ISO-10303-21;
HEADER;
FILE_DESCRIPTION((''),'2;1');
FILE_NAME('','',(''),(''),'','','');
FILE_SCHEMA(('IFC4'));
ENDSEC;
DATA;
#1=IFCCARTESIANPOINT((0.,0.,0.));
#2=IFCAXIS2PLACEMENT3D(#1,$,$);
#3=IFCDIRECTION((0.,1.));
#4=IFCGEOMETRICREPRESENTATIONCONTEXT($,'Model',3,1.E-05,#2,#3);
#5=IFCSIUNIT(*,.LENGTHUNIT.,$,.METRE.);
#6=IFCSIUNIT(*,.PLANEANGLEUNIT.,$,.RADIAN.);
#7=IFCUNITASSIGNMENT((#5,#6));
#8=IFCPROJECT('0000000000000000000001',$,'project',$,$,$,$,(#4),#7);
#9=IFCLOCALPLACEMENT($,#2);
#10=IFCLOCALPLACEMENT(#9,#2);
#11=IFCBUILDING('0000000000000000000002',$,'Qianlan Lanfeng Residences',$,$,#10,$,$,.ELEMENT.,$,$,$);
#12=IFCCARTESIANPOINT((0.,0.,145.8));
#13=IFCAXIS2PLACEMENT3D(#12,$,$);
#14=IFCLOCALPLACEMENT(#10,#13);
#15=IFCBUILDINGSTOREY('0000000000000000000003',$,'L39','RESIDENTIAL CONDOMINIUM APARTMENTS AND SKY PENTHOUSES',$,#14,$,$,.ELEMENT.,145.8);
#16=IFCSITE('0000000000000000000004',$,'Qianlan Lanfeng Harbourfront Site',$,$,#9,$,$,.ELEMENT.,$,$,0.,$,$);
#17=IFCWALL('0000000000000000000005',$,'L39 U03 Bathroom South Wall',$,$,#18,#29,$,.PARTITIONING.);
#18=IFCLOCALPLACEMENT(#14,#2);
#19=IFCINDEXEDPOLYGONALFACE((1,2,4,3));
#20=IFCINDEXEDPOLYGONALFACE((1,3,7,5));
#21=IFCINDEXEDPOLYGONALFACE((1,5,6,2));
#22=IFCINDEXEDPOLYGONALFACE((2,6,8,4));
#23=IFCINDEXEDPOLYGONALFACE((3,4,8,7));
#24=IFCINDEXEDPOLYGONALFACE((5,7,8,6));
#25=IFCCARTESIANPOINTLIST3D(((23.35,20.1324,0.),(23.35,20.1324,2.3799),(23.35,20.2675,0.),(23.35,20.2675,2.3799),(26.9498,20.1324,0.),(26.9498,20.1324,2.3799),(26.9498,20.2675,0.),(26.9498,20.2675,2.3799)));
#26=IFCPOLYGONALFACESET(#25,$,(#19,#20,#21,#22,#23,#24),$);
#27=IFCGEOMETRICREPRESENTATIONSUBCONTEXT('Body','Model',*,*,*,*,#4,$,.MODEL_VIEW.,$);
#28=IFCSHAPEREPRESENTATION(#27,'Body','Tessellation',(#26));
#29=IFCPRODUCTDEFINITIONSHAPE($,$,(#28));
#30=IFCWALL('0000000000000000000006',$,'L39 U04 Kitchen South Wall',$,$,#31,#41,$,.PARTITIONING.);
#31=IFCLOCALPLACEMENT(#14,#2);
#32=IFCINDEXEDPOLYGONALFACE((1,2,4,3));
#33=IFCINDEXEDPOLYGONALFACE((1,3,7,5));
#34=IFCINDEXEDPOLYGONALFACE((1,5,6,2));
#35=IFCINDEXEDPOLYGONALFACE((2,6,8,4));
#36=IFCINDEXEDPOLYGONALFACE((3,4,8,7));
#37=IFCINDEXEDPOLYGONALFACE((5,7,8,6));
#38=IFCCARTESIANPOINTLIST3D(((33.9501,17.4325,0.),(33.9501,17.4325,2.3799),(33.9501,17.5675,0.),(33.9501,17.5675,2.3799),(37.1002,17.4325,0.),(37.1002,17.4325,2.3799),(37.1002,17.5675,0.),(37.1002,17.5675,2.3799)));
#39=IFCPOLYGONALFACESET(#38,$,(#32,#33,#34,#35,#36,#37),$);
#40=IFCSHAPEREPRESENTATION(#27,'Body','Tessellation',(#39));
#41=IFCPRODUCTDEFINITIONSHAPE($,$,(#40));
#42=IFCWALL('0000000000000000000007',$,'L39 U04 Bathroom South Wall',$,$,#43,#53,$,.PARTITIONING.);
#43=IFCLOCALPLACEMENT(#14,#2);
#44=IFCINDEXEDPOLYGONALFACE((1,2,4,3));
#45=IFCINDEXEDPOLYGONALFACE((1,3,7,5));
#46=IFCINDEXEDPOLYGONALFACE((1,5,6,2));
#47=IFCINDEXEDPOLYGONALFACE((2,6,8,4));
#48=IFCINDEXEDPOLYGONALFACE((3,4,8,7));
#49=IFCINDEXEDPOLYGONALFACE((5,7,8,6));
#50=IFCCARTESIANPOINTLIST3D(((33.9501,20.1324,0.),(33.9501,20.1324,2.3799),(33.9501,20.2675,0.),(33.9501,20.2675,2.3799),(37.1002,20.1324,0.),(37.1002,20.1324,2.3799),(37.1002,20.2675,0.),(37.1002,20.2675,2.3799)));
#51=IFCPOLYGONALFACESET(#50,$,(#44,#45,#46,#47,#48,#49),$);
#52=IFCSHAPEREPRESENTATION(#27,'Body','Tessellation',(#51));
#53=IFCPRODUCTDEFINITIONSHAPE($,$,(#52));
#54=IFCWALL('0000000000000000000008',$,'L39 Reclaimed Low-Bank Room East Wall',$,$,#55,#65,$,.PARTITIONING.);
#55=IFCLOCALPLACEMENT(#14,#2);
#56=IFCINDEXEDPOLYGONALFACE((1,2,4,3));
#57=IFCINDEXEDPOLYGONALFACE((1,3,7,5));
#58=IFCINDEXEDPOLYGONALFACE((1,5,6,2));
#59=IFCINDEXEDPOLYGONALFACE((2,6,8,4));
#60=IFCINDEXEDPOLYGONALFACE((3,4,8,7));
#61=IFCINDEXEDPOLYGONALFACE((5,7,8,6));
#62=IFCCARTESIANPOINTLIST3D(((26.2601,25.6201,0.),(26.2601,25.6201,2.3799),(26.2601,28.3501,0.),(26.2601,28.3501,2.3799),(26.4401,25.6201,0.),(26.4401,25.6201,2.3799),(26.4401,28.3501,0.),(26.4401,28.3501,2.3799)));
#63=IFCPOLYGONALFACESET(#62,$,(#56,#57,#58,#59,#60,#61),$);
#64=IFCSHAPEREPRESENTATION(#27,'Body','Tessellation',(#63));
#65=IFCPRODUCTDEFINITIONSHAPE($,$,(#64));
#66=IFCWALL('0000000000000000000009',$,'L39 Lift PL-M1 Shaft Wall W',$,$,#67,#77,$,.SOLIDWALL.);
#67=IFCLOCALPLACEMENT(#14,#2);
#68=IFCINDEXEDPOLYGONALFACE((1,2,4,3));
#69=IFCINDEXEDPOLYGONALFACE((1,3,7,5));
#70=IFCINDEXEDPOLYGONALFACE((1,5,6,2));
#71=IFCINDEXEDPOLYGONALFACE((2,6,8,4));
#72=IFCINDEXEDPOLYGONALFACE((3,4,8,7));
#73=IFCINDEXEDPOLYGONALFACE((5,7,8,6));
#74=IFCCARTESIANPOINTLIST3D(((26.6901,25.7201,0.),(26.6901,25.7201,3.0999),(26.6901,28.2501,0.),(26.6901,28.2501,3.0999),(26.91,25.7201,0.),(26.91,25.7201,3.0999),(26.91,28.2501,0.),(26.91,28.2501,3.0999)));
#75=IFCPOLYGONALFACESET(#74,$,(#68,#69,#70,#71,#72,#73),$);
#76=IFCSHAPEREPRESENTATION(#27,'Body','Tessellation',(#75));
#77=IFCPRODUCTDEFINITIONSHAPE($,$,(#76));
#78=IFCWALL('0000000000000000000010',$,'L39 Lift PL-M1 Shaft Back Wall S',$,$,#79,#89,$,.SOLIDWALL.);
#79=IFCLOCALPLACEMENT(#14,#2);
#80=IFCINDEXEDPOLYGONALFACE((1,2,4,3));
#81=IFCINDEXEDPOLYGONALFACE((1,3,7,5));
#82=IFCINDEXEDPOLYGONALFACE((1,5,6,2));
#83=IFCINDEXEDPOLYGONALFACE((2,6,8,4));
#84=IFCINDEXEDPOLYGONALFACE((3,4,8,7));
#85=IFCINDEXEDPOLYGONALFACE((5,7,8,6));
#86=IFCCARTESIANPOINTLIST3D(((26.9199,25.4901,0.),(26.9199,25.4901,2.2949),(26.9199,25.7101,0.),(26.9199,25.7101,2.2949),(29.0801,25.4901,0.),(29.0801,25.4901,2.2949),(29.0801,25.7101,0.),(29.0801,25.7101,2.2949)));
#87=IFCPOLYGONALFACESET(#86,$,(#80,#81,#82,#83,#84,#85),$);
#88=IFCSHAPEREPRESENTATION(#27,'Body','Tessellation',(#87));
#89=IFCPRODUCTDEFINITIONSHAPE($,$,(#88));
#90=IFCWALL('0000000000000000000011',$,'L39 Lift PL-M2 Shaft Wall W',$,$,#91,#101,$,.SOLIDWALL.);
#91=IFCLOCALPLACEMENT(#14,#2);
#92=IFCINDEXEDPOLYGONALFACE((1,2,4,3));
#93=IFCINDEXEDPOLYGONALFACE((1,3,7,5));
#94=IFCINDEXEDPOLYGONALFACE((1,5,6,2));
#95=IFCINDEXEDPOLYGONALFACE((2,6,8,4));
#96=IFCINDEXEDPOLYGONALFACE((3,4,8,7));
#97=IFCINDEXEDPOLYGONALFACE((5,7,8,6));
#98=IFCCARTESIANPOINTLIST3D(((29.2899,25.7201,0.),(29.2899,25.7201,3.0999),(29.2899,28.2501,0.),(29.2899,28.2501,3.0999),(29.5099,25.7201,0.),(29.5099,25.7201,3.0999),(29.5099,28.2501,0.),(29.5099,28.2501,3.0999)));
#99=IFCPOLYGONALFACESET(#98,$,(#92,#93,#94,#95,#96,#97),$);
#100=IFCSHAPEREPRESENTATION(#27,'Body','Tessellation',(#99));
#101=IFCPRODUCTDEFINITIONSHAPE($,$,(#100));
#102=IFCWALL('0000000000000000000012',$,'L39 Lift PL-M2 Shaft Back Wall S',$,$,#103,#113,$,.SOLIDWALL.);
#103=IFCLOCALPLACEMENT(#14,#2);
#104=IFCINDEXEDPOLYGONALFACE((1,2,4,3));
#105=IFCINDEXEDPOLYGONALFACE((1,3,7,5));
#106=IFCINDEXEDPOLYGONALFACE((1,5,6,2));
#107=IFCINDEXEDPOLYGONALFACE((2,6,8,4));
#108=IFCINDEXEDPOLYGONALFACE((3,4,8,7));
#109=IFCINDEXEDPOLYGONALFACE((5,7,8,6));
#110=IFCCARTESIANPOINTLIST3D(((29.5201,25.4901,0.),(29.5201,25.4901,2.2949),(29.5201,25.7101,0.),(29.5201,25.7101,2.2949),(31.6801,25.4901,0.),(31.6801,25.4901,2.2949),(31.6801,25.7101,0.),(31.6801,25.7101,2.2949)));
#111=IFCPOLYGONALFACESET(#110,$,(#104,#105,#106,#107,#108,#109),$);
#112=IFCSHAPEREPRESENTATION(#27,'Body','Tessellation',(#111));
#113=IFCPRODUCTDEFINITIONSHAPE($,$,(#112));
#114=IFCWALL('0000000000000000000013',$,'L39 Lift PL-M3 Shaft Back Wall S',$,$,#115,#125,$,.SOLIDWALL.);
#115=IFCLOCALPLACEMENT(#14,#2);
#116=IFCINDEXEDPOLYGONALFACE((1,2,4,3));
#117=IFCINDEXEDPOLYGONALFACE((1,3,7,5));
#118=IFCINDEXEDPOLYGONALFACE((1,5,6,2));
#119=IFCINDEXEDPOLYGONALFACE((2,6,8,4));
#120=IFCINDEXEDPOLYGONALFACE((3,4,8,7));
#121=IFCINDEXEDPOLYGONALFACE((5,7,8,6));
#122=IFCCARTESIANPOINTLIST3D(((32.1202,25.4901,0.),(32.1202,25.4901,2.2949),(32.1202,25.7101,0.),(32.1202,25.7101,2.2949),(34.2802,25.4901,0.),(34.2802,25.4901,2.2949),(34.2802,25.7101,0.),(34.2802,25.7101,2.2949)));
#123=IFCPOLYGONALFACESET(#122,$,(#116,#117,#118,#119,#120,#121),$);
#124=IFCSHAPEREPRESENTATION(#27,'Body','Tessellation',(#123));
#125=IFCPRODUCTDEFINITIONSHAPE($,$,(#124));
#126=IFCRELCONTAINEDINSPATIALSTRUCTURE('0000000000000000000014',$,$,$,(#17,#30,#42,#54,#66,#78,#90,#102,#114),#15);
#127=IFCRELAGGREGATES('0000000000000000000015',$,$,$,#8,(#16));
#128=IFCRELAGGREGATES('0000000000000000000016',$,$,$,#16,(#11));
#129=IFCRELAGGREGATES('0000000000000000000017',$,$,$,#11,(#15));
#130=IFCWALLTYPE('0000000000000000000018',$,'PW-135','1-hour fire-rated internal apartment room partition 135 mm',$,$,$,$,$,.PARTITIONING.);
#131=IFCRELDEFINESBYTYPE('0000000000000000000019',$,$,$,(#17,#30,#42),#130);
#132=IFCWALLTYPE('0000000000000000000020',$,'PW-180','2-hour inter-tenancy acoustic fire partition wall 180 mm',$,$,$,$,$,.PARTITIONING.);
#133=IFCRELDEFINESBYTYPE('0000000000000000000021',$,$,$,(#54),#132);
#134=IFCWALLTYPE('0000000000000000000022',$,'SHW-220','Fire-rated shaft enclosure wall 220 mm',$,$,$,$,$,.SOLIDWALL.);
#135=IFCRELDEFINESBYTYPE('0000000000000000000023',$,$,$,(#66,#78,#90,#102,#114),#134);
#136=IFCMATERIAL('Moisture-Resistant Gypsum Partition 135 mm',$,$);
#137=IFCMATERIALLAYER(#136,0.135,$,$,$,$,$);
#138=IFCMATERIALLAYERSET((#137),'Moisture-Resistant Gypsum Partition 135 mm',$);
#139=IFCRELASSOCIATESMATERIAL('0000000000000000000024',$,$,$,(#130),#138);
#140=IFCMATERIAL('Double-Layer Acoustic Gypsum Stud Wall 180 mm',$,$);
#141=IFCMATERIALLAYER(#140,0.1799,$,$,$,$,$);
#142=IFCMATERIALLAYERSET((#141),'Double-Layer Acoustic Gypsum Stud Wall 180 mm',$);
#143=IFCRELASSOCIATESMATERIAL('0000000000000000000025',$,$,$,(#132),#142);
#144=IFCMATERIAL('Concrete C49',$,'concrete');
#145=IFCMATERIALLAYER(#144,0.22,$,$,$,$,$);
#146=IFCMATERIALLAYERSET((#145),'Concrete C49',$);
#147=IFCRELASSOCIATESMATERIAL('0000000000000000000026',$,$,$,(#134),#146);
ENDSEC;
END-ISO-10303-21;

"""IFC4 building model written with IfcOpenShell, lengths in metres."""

from ifc_helpers import new_model, si_unit, direction, frame, frame_2d, origin, place, context, subcontext, project, spatial, rectangle, extrude, material, layer, layer_set, type_object, element, save


model = new_model("IFC4")

# Units and contexts
model_context = context("Model", 3, precision=1e-05, world=origin(), true_north=direction((0.0, 1.0)))
body_context = subcontext(model_context, "Body", "Model", "MODEL_VIEW")
ifc_project = project(units=[si_unit("LENGTHUNIT", "METRE"), si_unit("PLANEANGLEUNIT", "RADIAN")], contexts=[model_context])

# Site, building, storey
site_placement = place(None, origin())
site = spatial("IfcSite", under=ifc_project, at=site_placement, Name="Qianlan Lanfeng Harbourfront Site", CompositionType="ELEMENT", RefElevation=0.0)
building_placement = place(site_placement, origin())
building = spatial("IfcBuilding", under=site, at=building_placement, Name="Qianlan Lanfeng Residences", CompositionType="ELEMENT")
storey_placement = place(building_placement, frame((0.0, 0.0, 145.8)))
storey = spatial("IfcBuildingStorey", under=building, at=storey_placement, Name="L39", Description="RESIDENTIAL CONDOMINIUM APARTMENTS AND SKY PENTHOUSES", CompositionType="ELEMENT", Elevation=145.8)

# Shared definitions
ifc_material_1 = material(Name="Concrete C49", Category="concrete")

# Walls
ifc_material_2 = material(Name="Moisture-Resistant Gypsum Partition 135 mm")
ifc_layer_1 = layer(ifc_material_2, 0.135)
ifc_layer_set_1 = layer_set([ifc_layer_1], Name="Moisture-Resistant Gypsum Partition 135 mm")
wall_type_1 = type_object("IfcWallType", Name="PW-135", Description="1-hour fire-rated internal apartment room partition 135 mm", PredefinedType="PARTITIONING", material=ifc_layer_set_1)
wall_1_placement = place(storey_placement, frame((23.3501, 20.2, 0.0), z_axis=(0.0, 0.0, 1.0), x_axis=(1.0, 0.0, 0.0)))
element("IfcWall", 1, at=wall_1_placement, inside=storey, type_object=wall_type_1, Name="L39 U03 Bathroom South Wall", PredefinedType="PARTITIONING", context=body_context, shape_type="SweptSolid", body=[
    extrude(rectangle(XDim=3.5999, YDim=0.135, at=frame_2d((1.7998, 0.0))), origin(), (0.0, 0.0, 1.0), 2.3799),
])
for number, where, z_axis, x_axis, name in (
    (2, (33.95, 17.5, 0.0), (0.0, 0.0, 1.0), (1.0, 0.0, 0.0), "L39 U04 Kitchen South Wall"),
    (3, (33.95, 20.2, 0.0), (0.0, 0.0, 1.0), (1.0, 0.0, 0.0), "L39 U04 Bathroom South Wall"),
):
    element("IfcWall", number, at=place(storey_placement, frame(where, z_axis=z_axis, x_axis=x_axis)), inside=storey, type_object=wall_type_1, Name=name, PredefinedType="PARTITIONING", context=body_context, shape_type="SweptSolid", body=[
        extrude(rectangle(XDim=3.1501, YDim=0.135, at=frame_2d((1.5752, 0.0))), origin(), (0.0, 0.0, 1.0), 2.3799),
    ])

# Shared definitions
ifc_material_3 = material(Name="Double-Layer Acoustic Gypsum Stud Wall 180 mm")
ifc_layer_2 = layer(ifc_material_3, 0.1799)
ifc_layer_set_2 = layer_set([ifc_layer_2], Name="Double-Layer Acoustic Gypsum Stud Wall 180 mm")
wall_type_2 = type_object("IfcWallType", Name="PW-180", Description="2-hour inter-tenancy acoustic fire partition wall 180 mm", PredefinedType="PARTITIONING", material=ifc_layer_set_2)

# Walls
wall_2_placement = place(storey_placement, frame((26.3501, 25.6201, 0.0), z_axis=(0.0, 0.0, 1.0), x_axis=(0.0, 1.0, 0.0)))
element("IfcWall", 4, at=wall_2_placement, inside=storey, type_object=wall_type_2, Name="L39 Reclaimed Low-Bank Room East Wall", PredefinedType="PARTITIONING", context=body_context, shape_type="SweptSolid", body=[
    extrude(rectangle(XDim=2.73, YDim=0.1799, at=frame_2d((1.365, 0.0))), origin(), (0.0, 0.0, 1.0), 2.3799),
])
ifc_layer_3 = layer(ifc_material_1, 0.22)
ifc_layer_set_3 = layer_set([ifc_layer_3], Name="Concrete C49")
wall_type_3 = type_object("IfcWallType", Name="SHW-220", Description="Fire-rated shaft enclosure wall 220 mm", PredefinedType="SOLIDWALL", material=ifc_layer_set_3)
wall_3_placement = place(storey_placement, frame((26.8, 25.72, 0.0), z_axis=(0.0, 0.0, 1.0), x_axis=(0.0, 1.0, 0.0)))
element("IfcWall", 5, at=wall_3_placement, inside=storey, type_object=wall_type_3, Name="L39 Lift PL-M1 Shaft Wall W", PredefinedType="SOLIDWALL", context=body_context, shape_type="SweptSolid", body=[
    extrude(rectangle(XDim=2.53, YDim=0.22, at=frame_2d((1.2651, 0.0))), origin(), (0.0, 0.0, 1.0), 3.0999),
])
wall_4_placement = place(storey_placement, frame((26.9199, 25.6001, 0.0), z_axis=(0.0, 0.0, 1.0), x_axis=(1.0, 0.0, 0.0)))
element("IfcWall", 6, at=wall_4_placement, inside=storey, type_object=wall_type_3, Name="L39 Lift PL-M1 Shaft Back Wall S", PredefinedType="SOLIDWALL", context=body_context, shape_type="SweptSolid", body=[
    extrude(rectangle(XDim=2.1602, YDim=0.22, at=frame_2d((1.0801, 0.0))), origin(), (0.0, 0.0, 1.0), 2.2949),
])
wall_5_placement = place(storey_placement, frame((29.3999, 25.72, 0.0), z_axis=(0.0, 0.0, 1.0), x_axis=(0.0, 1.0, 0.0)))
element("IfcWall", 7, at=wall_5_placement, inside=storey, type_object=wall_type_3, Name="L39 Lift PL-M2 Shaft Wall W", PredefinedType="SOLIDWALL", context=body_context, shape_type="SweptSolid", body=[
    extrude(rectangle(XDim=2.53, YDim=0.22, at=frame_2d((1.2651, 0.0))), origin(), (0.0, 0.0, 1.0), 3.0999),
])
for number, where, z_axis, x_axis, name in (
    (8, (29.52, 25.6001, 0.0), (0.0, 0.0, 1.0), (1.0, 0.0, 0.0), "L39 Lift PL-M2 Shaft Back Wall S"),
    (9, (32.1201, 25.6001, 0.0), (0.0, 0.0, 1.0), (1.0, 0.0, 0.0), "L39 Lift PL-M3 Shaft Back Wall S"),
):
    element("IfcWall", number, at=place(storey_placement, frame(where, z_axis=z_axis, x_axis=x_axis)), inside=storey, type_object=wall_type_3, Name=name, PredefinedType="SOLIDWALL", context=body_context, shape_type="SweptSolid", body=[
        extrude(rectangle(XDim=2.1599, YDim=0.22, at=frame_2d((1.0801, 0.0))), origin(), (0.0, 0.0, 1.0), 2.2949),
    ])

save(model, "model.ifc")
